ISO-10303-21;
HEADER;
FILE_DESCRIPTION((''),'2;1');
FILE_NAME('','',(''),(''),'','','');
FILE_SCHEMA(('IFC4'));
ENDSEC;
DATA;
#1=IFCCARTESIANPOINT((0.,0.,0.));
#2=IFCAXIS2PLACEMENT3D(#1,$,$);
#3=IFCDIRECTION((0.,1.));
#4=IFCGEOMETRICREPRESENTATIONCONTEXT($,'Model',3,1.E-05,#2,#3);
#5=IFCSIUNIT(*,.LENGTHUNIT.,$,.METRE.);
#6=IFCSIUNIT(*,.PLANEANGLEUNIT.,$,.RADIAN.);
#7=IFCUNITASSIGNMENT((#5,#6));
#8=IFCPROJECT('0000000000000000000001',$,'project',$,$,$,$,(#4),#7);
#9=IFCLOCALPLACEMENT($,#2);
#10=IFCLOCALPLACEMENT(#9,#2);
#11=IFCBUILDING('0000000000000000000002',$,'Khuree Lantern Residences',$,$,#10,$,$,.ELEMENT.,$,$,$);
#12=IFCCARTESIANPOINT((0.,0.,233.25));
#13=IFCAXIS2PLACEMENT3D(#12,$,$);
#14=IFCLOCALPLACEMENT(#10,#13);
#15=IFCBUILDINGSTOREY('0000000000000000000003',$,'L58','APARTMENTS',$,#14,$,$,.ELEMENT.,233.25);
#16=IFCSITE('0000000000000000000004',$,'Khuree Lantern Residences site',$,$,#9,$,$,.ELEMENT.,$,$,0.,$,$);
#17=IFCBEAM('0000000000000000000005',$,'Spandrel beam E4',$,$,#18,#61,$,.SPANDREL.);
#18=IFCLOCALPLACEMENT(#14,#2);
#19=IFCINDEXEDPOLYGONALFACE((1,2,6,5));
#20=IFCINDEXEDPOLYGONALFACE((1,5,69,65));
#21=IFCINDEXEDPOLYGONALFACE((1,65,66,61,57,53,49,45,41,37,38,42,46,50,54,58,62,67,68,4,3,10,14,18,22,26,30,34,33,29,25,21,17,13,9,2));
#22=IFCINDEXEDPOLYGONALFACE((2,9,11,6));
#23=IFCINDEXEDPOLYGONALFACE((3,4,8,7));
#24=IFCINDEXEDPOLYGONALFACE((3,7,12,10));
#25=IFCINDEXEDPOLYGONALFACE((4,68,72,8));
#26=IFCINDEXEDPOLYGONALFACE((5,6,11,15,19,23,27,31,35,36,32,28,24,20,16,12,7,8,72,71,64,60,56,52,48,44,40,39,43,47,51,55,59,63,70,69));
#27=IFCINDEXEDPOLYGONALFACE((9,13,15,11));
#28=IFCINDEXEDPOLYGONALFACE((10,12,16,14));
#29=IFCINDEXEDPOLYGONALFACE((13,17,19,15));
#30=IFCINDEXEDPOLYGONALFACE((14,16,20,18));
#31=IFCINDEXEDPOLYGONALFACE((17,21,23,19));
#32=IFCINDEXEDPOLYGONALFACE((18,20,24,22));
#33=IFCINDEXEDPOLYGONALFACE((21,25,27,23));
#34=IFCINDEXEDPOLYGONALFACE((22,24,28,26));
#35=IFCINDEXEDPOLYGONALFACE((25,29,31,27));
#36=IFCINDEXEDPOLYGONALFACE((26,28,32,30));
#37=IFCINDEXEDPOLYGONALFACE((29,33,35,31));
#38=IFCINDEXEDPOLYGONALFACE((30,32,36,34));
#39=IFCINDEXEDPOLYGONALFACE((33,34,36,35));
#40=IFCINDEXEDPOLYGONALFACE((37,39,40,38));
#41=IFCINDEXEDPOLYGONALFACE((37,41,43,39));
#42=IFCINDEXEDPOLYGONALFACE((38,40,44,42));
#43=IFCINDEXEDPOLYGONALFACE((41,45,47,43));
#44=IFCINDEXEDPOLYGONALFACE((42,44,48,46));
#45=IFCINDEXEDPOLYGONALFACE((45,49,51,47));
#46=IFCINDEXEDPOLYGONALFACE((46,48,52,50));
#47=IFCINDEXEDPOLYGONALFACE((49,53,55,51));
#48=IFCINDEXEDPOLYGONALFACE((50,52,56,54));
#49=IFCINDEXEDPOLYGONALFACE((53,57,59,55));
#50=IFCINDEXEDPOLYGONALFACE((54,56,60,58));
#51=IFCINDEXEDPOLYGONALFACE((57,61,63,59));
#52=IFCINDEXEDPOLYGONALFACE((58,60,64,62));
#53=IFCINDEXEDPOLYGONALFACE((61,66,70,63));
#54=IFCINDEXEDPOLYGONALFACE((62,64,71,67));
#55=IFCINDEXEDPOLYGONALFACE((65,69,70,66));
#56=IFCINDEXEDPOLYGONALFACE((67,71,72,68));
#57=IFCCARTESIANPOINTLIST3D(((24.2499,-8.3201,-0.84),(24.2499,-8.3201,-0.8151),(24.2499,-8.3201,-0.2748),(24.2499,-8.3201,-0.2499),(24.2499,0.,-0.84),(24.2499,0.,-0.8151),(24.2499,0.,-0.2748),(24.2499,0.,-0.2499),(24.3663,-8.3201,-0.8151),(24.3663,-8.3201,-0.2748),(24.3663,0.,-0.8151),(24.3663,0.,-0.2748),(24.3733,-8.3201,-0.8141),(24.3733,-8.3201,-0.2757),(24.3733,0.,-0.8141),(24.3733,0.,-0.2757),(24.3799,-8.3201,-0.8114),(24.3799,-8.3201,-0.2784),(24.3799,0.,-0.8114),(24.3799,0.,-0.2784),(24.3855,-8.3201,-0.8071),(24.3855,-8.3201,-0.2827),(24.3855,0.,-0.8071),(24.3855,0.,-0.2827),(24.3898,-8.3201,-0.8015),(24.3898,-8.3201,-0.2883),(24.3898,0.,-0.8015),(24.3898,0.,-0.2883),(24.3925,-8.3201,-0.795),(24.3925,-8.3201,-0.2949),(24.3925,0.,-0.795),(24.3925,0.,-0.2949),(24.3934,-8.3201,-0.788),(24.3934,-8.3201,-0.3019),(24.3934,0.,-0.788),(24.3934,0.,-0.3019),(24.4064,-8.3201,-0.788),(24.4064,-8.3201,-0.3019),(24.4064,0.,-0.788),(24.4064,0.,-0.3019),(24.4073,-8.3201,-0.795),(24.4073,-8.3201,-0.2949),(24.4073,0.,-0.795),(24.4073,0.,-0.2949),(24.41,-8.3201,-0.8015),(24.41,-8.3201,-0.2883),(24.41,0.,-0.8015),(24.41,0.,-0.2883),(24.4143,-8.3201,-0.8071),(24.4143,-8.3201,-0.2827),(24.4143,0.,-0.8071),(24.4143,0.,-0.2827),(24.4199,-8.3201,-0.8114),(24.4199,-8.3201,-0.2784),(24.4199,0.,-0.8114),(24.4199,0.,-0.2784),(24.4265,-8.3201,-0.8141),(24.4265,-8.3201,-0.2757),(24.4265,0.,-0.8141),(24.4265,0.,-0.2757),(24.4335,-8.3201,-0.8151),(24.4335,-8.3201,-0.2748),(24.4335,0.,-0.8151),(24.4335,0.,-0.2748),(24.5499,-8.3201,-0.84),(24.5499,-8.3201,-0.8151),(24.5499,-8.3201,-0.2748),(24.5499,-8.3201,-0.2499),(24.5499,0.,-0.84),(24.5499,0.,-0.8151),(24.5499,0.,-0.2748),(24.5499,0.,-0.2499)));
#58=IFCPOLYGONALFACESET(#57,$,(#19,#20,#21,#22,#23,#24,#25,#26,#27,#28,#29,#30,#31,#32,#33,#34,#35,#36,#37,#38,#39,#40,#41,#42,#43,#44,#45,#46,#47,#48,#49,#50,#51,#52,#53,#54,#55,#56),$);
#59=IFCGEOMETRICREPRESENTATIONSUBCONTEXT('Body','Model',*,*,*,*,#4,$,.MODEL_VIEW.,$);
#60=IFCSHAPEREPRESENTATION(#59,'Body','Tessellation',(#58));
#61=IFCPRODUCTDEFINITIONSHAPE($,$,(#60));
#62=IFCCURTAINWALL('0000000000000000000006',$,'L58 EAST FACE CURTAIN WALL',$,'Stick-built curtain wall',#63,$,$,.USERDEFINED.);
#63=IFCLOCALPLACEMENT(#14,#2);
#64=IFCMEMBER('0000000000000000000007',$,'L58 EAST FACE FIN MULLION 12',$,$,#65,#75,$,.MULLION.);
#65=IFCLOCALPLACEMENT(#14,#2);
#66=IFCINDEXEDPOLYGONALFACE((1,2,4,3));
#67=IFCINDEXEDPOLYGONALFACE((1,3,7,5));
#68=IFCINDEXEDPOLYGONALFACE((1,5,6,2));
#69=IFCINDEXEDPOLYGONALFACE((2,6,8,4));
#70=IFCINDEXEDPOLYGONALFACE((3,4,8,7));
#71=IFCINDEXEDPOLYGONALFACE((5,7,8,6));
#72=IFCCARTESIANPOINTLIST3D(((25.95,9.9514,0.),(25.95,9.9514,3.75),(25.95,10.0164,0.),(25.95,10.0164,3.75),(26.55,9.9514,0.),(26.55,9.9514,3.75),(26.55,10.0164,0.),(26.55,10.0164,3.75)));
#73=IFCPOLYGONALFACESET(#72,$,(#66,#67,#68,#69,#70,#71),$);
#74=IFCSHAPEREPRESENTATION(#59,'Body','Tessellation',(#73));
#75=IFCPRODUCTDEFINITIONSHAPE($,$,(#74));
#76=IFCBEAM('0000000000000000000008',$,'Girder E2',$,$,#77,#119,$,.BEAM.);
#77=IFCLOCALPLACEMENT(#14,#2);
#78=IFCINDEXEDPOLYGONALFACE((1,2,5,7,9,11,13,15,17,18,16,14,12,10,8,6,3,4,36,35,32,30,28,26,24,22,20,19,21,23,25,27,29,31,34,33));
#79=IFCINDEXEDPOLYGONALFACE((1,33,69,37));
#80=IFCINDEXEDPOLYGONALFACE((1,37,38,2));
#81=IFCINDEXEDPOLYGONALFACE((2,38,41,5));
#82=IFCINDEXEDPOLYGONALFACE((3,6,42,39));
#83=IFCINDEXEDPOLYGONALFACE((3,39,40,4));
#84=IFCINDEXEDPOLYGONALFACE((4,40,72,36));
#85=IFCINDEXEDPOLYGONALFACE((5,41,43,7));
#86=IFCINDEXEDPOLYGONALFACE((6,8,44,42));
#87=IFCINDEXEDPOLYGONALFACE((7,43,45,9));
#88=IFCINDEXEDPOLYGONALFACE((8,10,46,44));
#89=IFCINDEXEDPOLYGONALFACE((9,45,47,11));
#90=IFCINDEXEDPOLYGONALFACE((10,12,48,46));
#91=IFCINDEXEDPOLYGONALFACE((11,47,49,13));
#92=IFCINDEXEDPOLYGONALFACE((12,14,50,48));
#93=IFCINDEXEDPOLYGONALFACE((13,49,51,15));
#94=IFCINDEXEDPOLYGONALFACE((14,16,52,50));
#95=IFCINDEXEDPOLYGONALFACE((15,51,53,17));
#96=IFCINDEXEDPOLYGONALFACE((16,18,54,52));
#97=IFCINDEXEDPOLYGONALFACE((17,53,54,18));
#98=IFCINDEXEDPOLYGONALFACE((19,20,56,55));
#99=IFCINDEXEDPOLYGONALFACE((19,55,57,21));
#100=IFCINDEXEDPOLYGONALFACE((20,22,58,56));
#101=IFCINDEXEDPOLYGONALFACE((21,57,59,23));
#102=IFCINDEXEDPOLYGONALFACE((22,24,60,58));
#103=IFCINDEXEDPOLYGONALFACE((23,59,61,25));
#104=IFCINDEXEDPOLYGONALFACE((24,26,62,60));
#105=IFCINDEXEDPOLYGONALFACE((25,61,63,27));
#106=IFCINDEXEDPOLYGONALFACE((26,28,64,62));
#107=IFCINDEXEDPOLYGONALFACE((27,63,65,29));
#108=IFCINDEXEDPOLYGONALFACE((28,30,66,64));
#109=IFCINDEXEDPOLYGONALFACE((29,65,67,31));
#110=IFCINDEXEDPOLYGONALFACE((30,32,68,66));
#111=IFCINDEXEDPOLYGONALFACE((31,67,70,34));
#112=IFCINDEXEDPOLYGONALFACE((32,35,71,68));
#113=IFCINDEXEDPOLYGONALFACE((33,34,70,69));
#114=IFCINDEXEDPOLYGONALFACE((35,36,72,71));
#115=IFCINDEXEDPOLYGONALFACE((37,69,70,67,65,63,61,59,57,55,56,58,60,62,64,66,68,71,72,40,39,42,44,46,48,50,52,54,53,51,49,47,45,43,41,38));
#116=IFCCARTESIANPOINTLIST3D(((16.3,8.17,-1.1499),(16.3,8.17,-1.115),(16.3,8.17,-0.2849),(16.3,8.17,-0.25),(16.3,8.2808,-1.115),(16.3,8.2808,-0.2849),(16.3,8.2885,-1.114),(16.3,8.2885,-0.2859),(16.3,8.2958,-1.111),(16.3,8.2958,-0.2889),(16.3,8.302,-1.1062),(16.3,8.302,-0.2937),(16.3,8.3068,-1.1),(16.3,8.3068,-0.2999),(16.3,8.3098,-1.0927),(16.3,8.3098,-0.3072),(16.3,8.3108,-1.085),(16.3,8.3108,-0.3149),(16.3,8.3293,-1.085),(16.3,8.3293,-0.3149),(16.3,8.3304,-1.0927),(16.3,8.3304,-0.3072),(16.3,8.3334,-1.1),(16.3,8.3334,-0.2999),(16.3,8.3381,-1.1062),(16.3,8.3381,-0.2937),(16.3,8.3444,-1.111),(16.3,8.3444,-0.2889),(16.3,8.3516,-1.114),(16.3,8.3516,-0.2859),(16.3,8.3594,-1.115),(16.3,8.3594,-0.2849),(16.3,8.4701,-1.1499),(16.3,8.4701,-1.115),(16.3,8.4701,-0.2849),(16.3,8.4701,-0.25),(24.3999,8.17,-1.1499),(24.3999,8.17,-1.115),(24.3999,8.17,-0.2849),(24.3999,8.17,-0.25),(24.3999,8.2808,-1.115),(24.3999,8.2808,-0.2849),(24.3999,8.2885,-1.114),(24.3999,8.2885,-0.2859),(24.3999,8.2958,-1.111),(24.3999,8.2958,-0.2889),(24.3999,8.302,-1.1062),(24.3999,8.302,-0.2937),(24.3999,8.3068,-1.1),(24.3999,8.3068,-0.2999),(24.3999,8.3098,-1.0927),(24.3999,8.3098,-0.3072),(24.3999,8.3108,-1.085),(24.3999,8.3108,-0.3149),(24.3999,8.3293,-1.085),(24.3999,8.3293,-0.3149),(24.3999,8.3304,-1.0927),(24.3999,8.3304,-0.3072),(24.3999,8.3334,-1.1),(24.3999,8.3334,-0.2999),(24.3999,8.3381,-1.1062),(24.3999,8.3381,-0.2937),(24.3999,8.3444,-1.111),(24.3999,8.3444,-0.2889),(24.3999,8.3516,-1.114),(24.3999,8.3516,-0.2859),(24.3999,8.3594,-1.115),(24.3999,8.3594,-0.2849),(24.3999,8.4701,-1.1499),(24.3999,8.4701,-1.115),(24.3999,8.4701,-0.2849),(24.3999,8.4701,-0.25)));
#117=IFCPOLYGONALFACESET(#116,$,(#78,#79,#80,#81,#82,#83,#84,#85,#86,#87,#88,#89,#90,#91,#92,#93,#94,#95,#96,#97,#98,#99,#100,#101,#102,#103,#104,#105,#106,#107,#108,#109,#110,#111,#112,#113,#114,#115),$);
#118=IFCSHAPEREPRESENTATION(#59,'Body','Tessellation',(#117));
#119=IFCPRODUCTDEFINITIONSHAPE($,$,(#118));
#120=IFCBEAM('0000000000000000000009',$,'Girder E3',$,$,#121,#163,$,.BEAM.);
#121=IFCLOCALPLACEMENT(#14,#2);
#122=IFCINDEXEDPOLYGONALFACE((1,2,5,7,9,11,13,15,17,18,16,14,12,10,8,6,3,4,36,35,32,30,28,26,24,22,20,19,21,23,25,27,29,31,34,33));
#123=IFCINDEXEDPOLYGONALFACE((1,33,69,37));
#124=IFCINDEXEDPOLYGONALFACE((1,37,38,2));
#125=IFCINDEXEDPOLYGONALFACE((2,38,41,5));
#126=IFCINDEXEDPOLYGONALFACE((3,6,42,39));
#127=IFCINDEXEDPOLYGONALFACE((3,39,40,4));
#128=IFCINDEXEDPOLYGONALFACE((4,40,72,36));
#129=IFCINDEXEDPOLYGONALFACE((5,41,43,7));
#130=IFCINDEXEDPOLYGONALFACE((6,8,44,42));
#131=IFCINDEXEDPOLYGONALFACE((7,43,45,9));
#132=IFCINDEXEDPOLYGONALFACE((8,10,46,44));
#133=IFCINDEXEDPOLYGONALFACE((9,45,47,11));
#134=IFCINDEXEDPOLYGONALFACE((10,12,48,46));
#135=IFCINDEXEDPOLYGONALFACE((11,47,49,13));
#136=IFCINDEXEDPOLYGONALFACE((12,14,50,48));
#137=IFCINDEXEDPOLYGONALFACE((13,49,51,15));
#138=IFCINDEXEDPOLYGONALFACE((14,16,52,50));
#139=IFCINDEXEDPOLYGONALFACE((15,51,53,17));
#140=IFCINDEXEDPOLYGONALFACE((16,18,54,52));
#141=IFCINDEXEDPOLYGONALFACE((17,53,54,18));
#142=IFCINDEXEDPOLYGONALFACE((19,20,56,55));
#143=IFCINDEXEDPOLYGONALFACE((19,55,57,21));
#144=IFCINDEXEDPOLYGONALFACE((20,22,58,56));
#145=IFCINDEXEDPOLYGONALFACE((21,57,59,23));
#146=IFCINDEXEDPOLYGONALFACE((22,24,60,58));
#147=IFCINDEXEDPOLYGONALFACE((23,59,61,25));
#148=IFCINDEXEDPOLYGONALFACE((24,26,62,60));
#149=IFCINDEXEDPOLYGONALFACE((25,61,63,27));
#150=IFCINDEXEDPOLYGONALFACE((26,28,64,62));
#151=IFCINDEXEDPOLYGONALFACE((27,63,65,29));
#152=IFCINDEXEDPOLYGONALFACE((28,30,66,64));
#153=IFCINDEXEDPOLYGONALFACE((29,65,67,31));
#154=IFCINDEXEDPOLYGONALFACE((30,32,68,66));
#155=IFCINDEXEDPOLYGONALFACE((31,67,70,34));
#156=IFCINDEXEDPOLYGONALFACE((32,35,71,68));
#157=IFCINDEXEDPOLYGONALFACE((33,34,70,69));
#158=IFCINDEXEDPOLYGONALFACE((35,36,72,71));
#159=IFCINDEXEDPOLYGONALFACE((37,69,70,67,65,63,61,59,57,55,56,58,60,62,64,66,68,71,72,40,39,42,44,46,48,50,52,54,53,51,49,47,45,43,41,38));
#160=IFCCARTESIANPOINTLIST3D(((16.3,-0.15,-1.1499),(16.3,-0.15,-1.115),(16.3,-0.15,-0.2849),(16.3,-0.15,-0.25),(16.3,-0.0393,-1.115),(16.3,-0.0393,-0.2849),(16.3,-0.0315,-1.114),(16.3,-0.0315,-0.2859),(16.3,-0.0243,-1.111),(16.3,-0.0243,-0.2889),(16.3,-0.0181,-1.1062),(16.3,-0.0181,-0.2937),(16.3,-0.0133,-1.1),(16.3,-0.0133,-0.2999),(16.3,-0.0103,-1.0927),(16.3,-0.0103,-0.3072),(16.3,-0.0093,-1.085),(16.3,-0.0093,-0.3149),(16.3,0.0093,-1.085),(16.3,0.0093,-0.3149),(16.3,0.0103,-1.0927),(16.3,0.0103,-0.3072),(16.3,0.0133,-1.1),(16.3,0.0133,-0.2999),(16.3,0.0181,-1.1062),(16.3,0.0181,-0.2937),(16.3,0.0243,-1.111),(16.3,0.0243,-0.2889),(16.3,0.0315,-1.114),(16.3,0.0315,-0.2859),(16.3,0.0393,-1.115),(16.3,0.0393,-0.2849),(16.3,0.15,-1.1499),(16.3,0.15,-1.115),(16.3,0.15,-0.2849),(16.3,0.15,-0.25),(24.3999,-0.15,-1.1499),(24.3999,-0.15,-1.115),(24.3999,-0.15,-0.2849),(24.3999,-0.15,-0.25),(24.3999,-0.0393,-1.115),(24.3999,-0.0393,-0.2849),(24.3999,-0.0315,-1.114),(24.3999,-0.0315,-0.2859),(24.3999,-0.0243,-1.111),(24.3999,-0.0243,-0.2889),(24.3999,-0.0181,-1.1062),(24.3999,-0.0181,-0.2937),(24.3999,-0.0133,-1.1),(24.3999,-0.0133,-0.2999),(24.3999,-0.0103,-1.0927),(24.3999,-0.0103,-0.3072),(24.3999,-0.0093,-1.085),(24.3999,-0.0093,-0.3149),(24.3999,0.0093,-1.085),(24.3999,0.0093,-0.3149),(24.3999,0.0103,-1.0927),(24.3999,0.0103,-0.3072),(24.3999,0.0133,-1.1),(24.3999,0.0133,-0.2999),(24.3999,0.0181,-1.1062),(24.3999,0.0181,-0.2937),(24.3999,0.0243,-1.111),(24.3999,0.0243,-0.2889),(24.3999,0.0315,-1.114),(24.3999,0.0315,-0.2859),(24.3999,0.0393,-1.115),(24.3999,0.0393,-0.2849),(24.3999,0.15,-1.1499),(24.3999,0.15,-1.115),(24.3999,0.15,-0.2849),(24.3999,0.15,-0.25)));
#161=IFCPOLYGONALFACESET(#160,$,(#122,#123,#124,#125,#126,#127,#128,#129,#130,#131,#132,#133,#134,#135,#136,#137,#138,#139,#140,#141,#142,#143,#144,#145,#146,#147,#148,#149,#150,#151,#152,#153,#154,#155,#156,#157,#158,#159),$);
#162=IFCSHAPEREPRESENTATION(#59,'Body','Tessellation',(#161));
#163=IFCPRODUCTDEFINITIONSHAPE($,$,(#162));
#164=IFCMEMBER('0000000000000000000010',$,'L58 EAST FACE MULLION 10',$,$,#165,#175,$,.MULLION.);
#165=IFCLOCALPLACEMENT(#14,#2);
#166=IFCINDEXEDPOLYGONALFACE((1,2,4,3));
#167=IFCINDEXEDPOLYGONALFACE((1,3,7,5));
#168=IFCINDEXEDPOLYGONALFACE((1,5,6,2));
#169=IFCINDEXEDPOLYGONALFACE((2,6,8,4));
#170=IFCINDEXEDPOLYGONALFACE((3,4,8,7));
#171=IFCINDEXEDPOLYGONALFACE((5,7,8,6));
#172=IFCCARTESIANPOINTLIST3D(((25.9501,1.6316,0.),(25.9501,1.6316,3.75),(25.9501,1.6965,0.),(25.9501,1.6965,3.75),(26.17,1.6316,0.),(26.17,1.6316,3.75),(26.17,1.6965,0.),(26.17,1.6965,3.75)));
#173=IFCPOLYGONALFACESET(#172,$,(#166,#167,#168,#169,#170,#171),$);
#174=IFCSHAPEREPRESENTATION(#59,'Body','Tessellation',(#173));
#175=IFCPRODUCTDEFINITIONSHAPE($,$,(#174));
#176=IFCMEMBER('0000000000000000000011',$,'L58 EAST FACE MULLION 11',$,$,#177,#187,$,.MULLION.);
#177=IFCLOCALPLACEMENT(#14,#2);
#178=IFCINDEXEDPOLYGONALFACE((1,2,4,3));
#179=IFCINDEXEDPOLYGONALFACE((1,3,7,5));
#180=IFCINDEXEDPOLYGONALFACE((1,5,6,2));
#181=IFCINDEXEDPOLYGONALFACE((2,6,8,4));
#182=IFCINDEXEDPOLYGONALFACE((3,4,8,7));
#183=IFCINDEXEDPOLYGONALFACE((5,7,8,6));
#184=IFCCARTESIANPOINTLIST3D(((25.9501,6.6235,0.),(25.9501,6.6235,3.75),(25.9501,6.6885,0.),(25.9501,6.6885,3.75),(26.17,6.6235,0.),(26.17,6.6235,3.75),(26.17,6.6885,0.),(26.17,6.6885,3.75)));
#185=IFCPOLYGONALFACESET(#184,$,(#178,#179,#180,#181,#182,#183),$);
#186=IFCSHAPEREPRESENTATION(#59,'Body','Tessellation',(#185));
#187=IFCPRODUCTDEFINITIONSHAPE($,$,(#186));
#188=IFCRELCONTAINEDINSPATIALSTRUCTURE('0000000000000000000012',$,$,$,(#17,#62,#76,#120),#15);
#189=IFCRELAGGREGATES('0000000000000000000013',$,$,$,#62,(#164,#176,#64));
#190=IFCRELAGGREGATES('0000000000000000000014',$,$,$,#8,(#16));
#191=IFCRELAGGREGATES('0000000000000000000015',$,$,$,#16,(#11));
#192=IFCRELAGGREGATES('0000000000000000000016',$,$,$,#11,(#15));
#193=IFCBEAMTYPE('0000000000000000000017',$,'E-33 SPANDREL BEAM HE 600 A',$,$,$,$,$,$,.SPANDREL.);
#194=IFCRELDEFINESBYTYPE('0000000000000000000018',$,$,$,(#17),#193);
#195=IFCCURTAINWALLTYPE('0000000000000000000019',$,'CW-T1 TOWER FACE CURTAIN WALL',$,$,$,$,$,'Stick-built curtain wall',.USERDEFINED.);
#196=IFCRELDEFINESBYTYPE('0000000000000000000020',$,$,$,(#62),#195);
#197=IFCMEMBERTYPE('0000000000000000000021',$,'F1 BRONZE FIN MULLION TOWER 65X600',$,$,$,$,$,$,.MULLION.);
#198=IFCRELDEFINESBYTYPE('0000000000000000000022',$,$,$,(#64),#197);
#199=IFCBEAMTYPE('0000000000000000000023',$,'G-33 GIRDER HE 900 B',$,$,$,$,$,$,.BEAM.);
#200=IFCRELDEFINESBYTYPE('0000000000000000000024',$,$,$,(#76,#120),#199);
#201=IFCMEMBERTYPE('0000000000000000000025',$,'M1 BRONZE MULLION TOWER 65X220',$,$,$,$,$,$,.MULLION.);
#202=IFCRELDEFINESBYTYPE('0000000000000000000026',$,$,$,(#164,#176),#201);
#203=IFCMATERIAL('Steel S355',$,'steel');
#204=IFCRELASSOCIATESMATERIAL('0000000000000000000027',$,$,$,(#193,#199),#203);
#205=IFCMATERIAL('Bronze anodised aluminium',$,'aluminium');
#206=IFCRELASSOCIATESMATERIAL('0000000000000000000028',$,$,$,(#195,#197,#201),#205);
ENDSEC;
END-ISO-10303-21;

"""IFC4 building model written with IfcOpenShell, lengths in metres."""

from ifc_helpers import new_model, si_unit, direction, frame, origin, origin_2d, place, context, subcontext, project, spatial, rectangle, i_section, extrude, material, material_profile, profile_set, type_object, element, aggregate, save


model = new_model("IFC4")

# Units and contexts
model_context = context("Model", 3, precision=1e-05, world=origin(), true_north=direction((0.0, 1.0)))
body_context = subcontext(model_context, "Body", "Model", "MODEL_VIEW")
ifc_project = project(units=[si_unit("LENGTHUNIT", "METRE"), si_unit("PLANEANGLEUNIT", "RADIAN")], contexts=[model_context])

# Site, building, storey
site_placement = place(None, origin())
site = spatial("IfcSite", under=ifc_project, at=site_placement, Name="Khuree Lantern Residences site", CompositionType="ELEMENT", RefElevation=0.0)
building_placement = place(site_placement, origin())
building = spatial("IfcBuilding", under=site, at=building_placement, Name="Khuree Lantern Residences", CompositionType="ELEMENT")
storey_placement = place(building_placement, frame((0.0, 0.0, 233.25)))
storey = spatial("IfcBuildingStorey", under=building, at=storey_placement, Name="L58", Description="APARTMENTS", CompositionType="ELEMENT", Elevation=233.25)

# Beam
ifc_material_1 = material(Name="Steel S355", Category="steel")
ifc_material_profile_1 = material_profile(ifc_material_1, i_section(OverallWidth=0.3, OverallDepth=0.5901, WebThickness=0.0129, FlangeThickness=0.0249, FilletRadius=0.0271, at=origin_2d()), Name="HE 600 A")
ifc_profile_set_1 = profile_set([ifc_material_profile_1], Name="Steel S355")
beam_type_1 = type_object("IfcBeamType", Name="E-33 SPANDREL BEAM HE 600 A", PredefinedType="SPANDREL", material=ifc_profile_set_1)
for number, where, z_axis, x_axis, name in (
    (1, (24.3999, 0.0, -0.5449), (0.0, -1.0, 0.0), (1.0, 0.0, 0.0), "Spandrel beam E4"),
):
    element("IfcBeam", number, at=place(storey_placement, frame(where, z_axis=z_axis, x_axis=x_axis)), inside=storey, type_object=beam_type_1, Name=name, PredefinedType="SPANDREL", context=body_context, shape_type="SweptSolid", body=[
        extrude(i_section(OverallWidth=0.3, OverallDepth=0.5901, WebThickness=0.0129, FlangeThickness=0.0249, FilletRadius=0.0271, at=origin_2d()), origin(), (0.0, 0.0, 1.0), 8.3201),
    ])

# Curtain wall, member
ifc_material_2 = material(Name="Bronze anodised aluminium", Category="aluminium")
curtain_wall_type = type_object("IfcCurtainWallType", Name="CW-T1 TOWER FACE CURTAIN WALL", ElementType="Stick-built curtain wall", PredefinedType="USERDEFINED", material=ifc_material_2)
curtain_wall_placement = place(storey_placement, origin())
curtain_wall = element("IfcCurtainWall", 2, at=curtain_wall_placement, inside=storey, type_object=curtain_wall_type, Name="L58 EAST FACE CURTAIN WALL", ObjectType="Stick-built curtain wall", PredefinedType="USERDEFINED")
ifc_material_profile_2 = material_profile(ifc_material_2, rectangle(XDim=0.0649, YDim=0.6001, at=origin_2d()), Name="F1 65X600")
ifc_profile_set_2 = profile_set([ifc_material_profile_2], Name="Bronze anodised aluminium")
member_type_1 = type_object("IfcMemberType", Name="F1 BRONZE FIN MULLION TOWER 65X600", PredefinedType="MULLION", material=ifc_profile_set_2)
member_1_placement = place(storey_placement, frame((26.25, 9.9839, 0.0), z_axis=(0.0, 0.0, 1.0), x_axis=(0.0, 1.0, 0.0)))
member_1 = element("IfcMember", 3, at=member_1_placement, type_object=member_type_1, Name="L58 EAST FACE FIN MULLION 12", PredefinedType="MULLION", context=body_context, shape_type="SweptSolid", body=[
    extrude(rectangle(XDim=0.0649, YDim=0.6001, at=origin_2d()), origin(), (0.0, 0.0, 1.0), 3.75),
])

# Beams
ifc_material_profile_3 = material_profile(ifc_material_1, i_section(OverallWidth=0.3, OverallDepth=0.8999, WebThickness=0.0186, FlangeThickness=0.0349, FilletRadius=0.03, at=origin_2d()), Name="HE 900 B")
ifc_profile_set_3 = profile_set([ifc_material_profile_3], Name="Steel S355")
beam_type_2 = type_object("IfcBeamType", Name="G-33 GIRDER HE 900 B", PredefinedType="BEAM", material=ifc_profile_set_3)
for number, where, z_axis, x_axis, name in (
    (4, (24.3999, 8.3201, -0.7), (-1.0, 0.0, 0.0), (0.0, -1.0, 0.0), "Girder E2"),
    (5, (24.3999, 0.0, -0.7), (-1.0, 0.0, 0.0), (0.0, -1.0, 0.0), "Girder E3"),
):
    element("IfcBeam", number, at=place(storey_placement, frame(where, z_axis=z_axis, x_axis=x_axis)), inside=storey, type_object=beam_type_2, Name=name, PredefinedType="BEAM", context=body_context, shape_type="SweptSolid", body=[
        extrude(i_section(OverallWidth=0.3, OverallDepth=0.8999, WebThickness=0.0186, FlangeThickness=0.0349, FilletRadius=0.03, at=origin_2d()), origin(), (0.0, 0.0, 1.0), 8.0999),
    ])

# Members
ifc_material_profile_4 = material_profile(ifc_material_2, rectangle(XDim=0.0649, YDim=0.22, at=origin_2d()), Name="M1 65X220")
ifc_profile_set_4 = profile_set([ifc_material_profile_4], Name="Bronze anodised aluminium")
member_type_2 = type_object("IfcMemberType", Name="M1 BRONZE MULLION TOWER 65X220", PredefinedType="MULLION", material=ifc_profile_set_4)
member_2_placement = place(storey_placement, frame((26.0601, 1.6641, 0.0), z_axis=(0.0, 0.0, 1.0), x_axis=(0.0, 1.0, 0.0)))
member_2 = element("IfcMember", 6, at=member_2_placement, type_object=member_type_2, Name="L58 EAST FACE MULLION 10", PredefinedType="MULLION", context=body_context, shape_type="SweptSolid", body=[
    extrude(rectangle(XDim=0.0649, YDim=0.22, at=origin_2d()), origin(), (0.0, 0.0, 1.0), 3.75),
])
member_3_placement = place(storey_placement, frame((26.0601, 6.656, 0.0), z_axis=(0.0, 0.0, 1.0), x_axis=(0.0, 1.0, 0.0)))
member_3 = element("IfcMember", 7, at=member_3_placement, type_object=member_type_2, Name="L58 EAST FACE MULLION 11", PredefinedType="MULLION", context=body_context, shape_type="SweptSolid", body=[
    extrude(rectangle(XDim=0.0649, YDim=0.22, at=origin_2d()), origin(), (0.0, 0.0, 1.0), 3.75),
])

aggregate(curtain_wall, [member_2, member_3, member_1])

save(model, "model.ifc")
